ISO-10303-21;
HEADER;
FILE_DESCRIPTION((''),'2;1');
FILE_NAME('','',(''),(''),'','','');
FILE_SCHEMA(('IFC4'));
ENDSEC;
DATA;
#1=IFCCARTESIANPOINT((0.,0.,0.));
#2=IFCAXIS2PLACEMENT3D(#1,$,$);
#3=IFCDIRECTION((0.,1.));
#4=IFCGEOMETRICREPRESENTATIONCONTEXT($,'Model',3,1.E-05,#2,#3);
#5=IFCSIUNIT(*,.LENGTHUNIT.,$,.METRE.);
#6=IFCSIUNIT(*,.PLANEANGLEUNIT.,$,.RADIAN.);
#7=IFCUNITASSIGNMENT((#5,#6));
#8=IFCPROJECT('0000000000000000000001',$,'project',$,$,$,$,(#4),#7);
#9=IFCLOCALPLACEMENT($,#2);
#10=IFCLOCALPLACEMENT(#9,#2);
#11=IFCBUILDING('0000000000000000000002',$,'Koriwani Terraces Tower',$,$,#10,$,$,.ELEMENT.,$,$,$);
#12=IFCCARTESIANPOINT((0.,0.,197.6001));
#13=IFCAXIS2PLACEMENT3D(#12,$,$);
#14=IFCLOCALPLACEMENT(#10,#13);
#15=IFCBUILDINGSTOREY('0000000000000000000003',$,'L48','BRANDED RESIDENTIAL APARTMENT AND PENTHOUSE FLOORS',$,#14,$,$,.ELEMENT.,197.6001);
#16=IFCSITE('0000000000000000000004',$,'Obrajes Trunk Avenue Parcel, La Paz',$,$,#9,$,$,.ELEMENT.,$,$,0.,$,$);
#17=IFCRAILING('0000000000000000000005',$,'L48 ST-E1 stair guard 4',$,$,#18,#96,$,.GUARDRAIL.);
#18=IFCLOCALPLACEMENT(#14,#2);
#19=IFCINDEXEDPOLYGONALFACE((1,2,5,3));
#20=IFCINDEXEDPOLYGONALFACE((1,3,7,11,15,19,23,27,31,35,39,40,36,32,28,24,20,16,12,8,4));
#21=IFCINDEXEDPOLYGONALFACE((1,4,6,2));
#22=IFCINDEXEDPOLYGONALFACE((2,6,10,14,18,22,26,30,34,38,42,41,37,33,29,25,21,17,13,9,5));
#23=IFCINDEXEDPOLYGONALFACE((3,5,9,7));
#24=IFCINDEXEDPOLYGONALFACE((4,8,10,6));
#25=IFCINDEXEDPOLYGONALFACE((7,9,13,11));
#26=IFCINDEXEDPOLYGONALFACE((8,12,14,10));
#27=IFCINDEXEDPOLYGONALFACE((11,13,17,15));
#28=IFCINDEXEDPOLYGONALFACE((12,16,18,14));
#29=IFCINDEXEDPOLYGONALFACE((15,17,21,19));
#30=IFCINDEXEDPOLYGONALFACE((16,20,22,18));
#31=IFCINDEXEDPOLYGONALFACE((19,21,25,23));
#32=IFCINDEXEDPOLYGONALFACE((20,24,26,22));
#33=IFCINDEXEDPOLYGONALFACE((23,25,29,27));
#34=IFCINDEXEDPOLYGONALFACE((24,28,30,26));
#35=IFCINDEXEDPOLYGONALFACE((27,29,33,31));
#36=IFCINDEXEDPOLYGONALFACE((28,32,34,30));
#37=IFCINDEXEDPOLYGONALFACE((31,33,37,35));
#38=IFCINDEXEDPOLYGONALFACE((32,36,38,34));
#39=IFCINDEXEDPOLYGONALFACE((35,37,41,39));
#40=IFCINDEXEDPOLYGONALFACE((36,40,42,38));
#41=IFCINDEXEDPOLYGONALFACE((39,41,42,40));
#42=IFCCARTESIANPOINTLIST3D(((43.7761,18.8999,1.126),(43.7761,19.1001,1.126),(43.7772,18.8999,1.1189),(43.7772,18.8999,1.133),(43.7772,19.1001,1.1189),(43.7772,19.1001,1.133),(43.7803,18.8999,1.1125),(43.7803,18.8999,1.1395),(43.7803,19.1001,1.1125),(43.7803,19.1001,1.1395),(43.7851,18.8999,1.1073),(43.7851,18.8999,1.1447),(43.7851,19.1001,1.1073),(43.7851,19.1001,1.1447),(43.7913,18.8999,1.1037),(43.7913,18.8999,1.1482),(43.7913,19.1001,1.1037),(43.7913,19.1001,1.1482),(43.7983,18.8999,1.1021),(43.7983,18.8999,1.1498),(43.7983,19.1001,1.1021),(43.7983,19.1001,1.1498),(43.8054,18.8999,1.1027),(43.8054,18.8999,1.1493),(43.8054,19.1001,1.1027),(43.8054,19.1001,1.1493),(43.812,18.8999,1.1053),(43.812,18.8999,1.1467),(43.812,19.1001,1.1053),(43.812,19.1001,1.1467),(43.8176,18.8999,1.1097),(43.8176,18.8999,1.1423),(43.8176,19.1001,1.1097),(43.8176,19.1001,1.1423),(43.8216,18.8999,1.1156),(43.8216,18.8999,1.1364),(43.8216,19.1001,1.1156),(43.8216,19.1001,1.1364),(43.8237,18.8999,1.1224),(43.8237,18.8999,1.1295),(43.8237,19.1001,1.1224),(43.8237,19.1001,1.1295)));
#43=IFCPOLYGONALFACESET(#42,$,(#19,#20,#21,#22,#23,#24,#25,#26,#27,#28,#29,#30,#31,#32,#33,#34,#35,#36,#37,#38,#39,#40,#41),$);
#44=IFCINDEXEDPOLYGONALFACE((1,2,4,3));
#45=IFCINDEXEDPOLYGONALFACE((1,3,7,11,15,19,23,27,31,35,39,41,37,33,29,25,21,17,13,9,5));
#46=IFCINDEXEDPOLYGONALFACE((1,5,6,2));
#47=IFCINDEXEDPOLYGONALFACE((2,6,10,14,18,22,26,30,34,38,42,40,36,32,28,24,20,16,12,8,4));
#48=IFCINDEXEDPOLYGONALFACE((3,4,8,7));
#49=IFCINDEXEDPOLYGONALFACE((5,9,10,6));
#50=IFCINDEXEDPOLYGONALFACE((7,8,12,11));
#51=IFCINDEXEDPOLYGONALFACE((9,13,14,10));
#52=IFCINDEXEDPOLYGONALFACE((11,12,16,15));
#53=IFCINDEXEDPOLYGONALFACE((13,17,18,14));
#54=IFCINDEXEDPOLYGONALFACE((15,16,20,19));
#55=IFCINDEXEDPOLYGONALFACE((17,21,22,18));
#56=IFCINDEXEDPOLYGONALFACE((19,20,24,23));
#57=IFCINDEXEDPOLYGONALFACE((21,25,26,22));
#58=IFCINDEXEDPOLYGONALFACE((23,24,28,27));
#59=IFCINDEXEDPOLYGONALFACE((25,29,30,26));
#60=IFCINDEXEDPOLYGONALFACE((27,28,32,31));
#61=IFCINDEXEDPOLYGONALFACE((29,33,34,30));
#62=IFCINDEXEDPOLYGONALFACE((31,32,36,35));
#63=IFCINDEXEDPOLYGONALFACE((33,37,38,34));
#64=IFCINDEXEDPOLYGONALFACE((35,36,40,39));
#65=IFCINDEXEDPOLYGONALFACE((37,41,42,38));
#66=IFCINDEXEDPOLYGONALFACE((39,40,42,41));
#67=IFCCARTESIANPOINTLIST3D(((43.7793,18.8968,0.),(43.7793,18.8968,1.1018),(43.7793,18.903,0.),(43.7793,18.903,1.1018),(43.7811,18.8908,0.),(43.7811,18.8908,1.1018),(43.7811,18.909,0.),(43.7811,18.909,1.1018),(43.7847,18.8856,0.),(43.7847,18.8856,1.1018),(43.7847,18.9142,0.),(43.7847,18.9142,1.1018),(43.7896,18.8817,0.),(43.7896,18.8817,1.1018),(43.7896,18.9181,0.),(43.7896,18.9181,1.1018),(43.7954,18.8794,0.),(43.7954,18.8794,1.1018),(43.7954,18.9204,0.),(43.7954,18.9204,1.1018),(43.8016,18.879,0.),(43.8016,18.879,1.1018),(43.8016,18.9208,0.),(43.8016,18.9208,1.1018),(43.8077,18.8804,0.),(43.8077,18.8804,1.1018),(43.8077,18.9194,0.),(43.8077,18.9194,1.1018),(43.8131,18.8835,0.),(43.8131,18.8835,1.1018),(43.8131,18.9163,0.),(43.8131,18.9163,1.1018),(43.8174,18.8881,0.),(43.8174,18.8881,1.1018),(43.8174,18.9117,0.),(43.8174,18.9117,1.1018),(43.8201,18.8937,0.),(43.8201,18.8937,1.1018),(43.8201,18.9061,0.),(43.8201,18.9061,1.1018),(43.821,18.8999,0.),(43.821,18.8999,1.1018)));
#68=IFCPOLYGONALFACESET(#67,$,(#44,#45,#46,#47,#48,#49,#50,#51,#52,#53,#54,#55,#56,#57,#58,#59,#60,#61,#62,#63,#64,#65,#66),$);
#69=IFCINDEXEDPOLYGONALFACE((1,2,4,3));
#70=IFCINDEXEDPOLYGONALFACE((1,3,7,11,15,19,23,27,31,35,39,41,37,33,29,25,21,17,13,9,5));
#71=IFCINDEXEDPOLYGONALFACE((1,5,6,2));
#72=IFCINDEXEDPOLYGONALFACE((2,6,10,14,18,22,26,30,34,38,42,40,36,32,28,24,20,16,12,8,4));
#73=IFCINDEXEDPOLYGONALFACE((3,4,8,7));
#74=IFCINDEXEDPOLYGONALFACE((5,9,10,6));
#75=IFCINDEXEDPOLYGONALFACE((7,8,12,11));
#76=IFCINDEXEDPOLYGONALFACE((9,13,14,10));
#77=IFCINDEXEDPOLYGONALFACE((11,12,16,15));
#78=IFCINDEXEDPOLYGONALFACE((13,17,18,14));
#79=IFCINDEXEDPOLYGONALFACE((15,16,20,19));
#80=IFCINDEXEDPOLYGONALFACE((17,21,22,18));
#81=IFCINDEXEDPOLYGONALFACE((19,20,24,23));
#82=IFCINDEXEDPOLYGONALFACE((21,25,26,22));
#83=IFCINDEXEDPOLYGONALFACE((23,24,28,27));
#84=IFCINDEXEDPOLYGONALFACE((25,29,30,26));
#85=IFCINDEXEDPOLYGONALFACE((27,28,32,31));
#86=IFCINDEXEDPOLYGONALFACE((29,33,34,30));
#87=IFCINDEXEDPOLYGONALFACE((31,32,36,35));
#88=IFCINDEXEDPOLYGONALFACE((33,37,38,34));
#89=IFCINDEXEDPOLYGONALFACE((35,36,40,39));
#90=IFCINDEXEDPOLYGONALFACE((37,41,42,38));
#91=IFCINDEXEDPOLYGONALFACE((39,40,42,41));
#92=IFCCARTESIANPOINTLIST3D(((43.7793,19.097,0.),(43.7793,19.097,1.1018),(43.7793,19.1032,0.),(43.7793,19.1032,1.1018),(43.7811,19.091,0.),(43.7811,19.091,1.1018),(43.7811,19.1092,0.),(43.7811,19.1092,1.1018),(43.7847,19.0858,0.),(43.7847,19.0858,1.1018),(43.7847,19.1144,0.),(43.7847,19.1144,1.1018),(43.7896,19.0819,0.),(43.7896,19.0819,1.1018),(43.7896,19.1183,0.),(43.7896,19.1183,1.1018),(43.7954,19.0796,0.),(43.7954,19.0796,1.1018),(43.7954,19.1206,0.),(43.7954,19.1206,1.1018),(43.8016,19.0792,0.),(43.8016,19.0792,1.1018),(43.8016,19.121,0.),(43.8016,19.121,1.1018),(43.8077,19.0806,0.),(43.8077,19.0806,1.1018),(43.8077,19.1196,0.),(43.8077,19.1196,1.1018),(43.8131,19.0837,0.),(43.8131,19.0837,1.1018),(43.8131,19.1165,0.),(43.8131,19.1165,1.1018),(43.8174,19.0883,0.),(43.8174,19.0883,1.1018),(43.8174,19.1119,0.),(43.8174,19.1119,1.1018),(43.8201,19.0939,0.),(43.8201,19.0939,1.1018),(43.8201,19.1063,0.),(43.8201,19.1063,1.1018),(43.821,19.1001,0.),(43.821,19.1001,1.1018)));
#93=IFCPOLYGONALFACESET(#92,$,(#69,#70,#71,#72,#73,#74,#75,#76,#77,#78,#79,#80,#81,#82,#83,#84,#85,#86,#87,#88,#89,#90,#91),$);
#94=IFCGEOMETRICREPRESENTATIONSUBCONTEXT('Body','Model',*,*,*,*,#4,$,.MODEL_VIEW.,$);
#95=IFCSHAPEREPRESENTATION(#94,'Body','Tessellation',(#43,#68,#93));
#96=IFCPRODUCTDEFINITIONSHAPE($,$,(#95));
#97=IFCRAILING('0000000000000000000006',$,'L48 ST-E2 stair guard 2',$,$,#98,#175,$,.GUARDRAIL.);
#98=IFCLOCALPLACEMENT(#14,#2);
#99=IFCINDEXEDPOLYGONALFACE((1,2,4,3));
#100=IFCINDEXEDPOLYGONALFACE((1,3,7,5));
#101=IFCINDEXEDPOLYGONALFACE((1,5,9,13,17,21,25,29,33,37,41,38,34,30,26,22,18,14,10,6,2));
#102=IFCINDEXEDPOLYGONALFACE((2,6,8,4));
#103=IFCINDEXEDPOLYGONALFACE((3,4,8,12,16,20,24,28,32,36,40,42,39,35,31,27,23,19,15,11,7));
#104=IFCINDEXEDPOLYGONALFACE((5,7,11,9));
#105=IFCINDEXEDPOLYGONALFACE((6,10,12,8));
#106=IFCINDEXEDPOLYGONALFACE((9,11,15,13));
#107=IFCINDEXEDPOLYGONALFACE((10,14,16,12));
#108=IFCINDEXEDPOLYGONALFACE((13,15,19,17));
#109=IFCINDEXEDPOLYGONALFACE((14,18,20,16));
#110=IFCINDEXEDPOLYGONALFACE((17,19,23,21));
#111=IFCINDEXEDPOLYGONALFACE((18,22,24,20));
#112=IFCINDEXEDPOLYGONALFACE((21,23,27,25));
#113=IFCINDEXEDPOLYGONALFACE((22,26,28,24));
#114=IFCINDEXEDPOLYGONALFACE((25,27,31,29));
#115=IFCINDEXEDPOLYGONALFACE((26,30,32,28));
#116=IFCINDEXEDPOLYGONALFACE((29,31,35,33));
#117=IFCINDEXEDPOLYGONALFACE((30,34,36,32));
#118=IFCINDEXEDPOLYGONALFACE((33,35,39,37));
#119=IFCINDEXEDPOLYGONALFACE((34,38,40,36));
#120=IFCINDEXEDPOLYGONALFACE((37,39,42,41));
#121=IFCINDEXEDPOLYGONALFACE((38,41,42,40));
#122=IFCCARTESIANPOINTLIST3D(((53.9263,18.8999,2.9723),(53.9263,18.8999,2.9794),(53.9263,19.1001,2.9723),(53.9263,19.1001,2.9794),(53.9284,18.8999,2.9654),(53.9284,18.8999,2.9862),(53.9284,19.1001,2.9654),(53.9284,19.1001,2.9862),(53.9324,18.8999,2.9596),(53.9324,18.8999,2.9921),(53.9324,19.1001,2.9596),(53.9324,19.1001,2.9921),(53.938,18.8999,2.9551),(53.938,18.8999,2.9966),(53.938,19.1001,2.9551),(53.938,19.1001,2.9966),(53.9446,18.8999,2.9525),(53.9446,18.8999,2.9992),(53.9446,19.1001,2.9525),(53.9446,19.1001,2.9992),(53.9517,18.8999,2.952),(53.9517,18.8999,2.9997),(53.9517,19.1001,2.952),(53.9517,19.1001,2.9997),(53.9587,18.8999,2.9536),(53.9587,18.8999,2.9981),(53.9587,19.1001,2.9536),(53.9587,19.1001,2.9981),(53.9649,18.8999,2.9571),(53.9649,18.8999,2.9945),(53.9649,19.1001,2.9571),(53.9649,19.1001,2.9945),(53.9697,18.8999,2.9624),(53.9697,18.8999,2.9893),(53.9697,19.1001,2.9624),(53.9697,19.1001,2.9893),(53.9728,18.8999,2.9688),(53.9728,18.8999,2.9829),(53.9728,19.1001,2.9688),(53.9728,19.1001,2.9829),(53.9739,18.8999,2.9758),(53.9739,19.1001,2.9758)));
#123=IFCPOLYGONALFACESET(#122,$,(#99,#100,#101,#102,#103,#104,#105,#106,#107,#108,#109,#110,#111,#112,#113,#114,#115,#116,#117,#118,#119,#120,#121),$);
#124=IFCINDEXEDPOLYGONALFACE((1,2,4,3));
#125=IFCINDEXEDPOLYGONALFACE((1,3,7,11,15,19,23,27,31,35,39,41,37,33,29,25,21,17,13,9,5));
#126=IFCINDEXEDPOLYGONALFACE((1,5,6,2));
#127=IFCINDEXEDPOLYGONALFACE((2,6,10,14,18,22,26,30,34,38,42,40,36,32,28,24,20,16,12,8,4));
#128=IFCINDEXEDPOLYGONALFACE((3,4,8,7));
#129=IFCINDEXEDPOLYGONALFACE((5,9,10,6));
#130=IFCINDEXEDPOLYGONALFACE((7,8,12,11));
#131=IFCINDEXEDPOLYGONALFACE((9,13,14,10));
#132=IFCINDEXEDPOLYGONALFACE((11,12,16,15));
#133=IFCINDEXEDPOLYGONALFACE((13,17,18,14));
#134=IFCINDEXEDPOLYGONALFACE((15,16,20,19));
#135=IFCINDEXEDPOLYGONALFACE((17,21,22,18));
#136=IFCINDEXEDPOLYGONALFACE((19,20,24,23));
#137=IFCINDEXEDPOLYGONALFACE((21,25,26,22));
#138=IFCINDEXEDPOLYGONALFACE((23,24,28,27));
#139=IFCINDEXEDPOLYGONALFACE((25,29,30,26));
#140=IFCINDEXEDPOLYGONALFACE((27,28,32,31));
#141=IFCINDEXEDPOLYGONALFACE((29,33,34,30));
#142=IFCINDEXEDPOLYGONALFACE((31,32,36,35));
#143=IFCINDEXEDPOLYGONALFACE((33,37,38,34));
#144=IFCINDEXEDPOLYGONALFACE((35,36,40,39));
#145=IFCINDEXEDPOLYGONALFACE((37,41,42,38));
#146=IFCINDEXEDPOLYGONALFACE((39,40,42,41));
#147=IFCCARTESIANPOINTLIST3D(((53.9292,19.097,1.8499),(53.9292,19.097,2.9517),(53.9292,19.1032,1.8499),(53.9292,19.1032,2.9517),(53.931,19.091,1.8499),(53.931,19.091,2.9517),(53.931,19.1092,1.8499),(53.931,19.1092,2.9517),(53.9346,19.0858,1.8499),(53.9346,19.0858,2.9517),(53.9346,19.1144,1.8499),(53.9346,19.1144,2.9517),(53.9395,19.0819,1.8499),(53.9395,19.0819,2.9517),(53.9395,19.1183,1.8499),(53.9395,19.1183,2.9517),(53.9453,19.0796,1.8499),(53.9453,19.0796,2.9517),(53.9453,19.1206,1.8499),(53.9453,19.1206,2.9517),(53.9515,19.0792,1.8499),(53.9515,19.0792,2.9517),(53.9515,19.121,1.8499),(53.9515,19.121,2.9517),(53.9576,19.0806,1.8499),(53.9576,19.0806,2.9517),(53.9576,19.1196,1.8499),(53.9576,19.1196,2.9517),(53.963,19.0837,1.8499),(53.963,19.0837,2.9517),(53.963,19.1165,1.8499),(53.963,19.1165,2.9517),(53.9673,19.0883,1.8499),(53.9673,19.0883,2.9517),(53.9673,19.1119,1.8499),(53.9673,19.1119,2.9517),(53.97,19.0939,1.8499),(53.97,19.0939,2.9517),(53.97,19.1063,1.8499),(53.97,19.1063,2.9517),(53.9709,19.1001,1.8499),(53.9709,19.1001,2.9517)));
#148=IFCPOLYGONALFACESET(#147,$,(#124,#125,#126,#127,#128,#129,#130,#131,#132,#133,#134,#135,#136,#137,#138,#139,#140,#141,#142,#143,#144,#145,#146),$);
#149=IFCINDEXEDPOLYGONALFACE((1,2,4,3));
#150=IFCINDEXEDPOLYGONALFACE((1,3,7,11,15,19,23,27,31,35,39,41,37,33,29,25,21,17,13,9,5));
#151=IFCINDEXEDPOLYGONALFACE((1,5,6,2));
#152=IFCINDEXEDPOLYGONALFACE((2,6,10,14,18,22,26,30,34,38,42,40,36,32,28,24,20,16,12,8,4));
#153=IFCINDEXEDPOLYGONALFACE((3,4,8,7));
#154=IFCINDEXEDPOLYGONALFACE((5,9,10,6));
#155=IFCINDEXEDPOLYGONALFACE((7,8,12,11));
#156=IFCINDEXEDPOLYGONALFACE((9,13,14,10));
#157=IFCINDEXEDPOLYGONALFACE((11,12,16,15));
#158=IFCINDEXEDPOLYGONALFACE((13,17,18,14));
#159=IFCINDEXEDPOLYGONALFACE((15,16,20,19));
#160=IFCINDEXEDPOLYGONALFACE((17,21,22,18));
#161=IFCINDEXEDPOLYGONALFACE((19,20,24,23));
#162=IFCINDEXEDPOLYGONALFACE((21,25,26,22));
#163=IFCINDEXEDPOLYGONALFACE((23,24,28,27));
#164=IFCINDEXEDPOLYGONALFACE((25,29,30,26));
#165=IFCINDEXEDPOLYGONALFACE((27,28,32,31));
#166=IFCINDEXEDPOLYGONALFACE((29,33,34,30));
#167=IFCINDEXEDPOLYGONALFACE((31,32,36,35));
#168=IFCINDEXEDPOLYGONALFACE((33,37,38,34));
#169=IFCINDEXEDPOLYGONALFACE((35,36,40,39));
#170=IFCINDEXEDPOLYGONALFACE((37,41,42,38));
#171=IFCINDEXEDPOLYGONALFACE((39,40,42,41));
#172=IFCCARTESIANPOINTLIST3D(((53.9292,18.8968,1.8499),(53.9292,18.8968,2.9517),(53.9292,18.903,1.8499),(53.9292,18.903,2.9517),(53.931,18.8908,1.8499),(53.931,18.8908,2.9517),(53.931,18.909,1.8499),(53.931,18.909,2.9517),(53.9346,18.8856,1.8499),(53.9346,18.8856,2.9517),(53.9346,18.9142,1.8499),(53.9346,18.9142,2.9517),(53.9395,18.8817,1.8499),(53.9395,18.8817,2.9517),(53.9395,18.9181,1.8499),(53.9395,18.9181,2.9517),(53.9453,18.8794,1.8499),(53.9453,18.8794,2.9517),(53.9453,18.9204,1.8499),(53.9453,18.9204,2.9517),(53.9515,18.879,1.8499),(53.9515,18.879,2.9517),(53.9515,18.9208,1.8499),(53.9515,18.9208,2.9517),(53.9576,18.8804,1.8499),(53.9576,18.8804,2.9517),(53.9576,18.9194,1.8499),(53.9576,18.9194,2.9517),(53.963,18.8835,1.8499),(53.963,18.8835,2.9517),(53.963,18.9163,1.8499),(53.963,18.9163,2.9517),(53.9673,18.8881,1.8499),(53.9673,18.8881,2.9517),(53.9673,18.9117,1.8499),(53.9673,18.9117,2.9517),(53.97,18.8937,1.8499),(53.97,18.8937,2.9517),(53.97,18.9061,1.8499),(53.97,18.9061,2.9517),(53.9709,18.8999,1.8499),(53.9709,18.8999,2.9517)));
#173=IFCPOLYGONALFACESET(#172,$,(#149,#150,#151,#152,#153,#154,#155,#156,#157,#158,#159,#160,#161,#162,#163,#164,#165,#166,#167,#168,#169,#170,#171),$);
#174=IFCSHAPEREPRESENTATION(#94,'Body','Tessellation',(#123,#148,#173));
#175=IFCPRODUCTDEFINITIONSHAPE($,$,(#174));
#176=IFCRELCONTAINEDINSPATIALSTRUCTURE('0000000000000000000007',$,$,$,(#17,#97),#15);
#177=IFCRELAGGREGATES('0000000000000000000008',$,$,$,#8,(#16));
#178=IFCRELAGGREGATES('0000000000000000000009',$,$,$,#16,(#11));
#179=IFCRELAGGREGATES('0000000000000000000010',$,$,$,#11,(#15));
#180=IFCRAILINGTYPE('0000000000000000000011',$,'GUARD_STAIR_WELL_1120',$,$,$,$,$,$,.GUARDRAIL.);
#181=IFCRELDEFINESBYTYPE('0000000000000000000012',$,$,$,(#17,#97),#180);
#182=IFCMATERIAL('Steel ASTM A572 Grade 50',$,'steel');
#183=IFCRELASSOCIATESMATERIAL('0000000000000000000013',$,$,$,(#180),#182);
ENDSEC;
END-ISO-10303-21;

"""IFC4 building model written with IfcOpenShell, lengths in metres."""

from ifc_helpers import new_model, si_unit, direction, frame, origin, origin_2d, place, context, subcontext, project, spatial, circle, extrude, material, type_object, element, save


model = new_model("IFC4")

# Units and contexts
model_context = context("Model", 3, precision=1e-05, world=origin(), true_north=direction((0.0, 1.0)))
body_context = subcontext(model_context, "Body", "Model", "MODEL_VIEW")
ifc_project = project(units=[si_unit("LENGTHUNIT", "METRE"), si_unit("PLANEANGLEUNIT", "RADIAN")], contexts=[model_context])

# Site, building, storey
site_placement = place(None, origin())
site = spatial("IfcSite", under=ifc_project, at=site_placement, Name="Obrajes Trunk Avenue Parcel, La Paz", CompositionType="ELEMENT", RefElevation=0.0)
building_placement = place(site_placement, origin())
building = spatial("IfcBuilding", under=site, at=building_placement, Name="Koriwani Terraces Tower", CompositionType="ELEMENT")
storey_placement = place(building_placement, frame((0.0, 0.0, 197.6001)))
storey = spatial("IfcBuildingStorey", under=building, at=storey_placement, Name="L48", Description="BRANDED RESIDENTIAL APARTMENT AND PENTHOUSE FLOORS", CompositionType="ELEMENT", Elevation=197.6001)

# Shared definitions
ifc_material_1 = material(Name="Steel ASTM A572 Grade 50", Category="steel")

# Railings
railing_type_1 = type_object("IfcRailingType", Name="GUARD_STAIR_WELL_1120", PredefinedType="GUARDRAIL", material=ifc_material_1)
railing_1_placement = place(storey_placement, frame((43.8, 18.8999, 0.0)))
element("IfcRailing", 1, at=railing_1_placement, inside=storey, type_object=railing_type_1, Name="L48 ST-E1 stair guard 4", PredefinedType="GUARDRAIL", context=body_context, shape_type="SweptSolid", body=[
    extrude(circle(Radius=0.0239, at=origin_2d()), frame((0.0, 0.0, 1.126), z_axis=(0.0, 1.0, 0.0), x_axis=(-1.0, 0.0, 0.0)), (0.0, 0.0, 1.0), 0.2002),
    extrude(circle(Radius=0.021, at=origin_2d()), origin(), (0.0, 0.0, 1.0), 1.1018),
    extrude(circle(Radius=0.021, at=origin_2d()), frame((0.0, 0.2002, 0.0)), (0.0, 0.0, 1.0), 1.1018),
])
railing_2_placement = place(storey_placement, frame((53.95, 19.1001, 1.8499)))
element("IfcRailing", 2, at=railing_2_placement, inside=storey, type_object=railing_type_1, Name="L48 ST-E2 stair guard 2", PredefinedType="GUARDRAIL", context=body_context, shape_type="SweptSolid", body=[
    extrude(circle(Radius=0.0239, at=origin_2d()), frame((0.0, 0.0, 1.126), z_axis=(0.0, -1.0, 0.0), x_axis=(1.0, 0.0, 0.0)), (0.0, 0.0, 1.0), 0.2002),
    extrude(circle(Radius=0.021, at=origin_2d()), origin(), (0.0, 0.0, 1.0), 1.1018),
    extrude(circle(Radius=0.021, at=origin_2d()), frame((0.0, -0.2002, 0.0)), (0.0, 0.0, 1.0), 1.1018),
])

save(model, "model.ifc")
